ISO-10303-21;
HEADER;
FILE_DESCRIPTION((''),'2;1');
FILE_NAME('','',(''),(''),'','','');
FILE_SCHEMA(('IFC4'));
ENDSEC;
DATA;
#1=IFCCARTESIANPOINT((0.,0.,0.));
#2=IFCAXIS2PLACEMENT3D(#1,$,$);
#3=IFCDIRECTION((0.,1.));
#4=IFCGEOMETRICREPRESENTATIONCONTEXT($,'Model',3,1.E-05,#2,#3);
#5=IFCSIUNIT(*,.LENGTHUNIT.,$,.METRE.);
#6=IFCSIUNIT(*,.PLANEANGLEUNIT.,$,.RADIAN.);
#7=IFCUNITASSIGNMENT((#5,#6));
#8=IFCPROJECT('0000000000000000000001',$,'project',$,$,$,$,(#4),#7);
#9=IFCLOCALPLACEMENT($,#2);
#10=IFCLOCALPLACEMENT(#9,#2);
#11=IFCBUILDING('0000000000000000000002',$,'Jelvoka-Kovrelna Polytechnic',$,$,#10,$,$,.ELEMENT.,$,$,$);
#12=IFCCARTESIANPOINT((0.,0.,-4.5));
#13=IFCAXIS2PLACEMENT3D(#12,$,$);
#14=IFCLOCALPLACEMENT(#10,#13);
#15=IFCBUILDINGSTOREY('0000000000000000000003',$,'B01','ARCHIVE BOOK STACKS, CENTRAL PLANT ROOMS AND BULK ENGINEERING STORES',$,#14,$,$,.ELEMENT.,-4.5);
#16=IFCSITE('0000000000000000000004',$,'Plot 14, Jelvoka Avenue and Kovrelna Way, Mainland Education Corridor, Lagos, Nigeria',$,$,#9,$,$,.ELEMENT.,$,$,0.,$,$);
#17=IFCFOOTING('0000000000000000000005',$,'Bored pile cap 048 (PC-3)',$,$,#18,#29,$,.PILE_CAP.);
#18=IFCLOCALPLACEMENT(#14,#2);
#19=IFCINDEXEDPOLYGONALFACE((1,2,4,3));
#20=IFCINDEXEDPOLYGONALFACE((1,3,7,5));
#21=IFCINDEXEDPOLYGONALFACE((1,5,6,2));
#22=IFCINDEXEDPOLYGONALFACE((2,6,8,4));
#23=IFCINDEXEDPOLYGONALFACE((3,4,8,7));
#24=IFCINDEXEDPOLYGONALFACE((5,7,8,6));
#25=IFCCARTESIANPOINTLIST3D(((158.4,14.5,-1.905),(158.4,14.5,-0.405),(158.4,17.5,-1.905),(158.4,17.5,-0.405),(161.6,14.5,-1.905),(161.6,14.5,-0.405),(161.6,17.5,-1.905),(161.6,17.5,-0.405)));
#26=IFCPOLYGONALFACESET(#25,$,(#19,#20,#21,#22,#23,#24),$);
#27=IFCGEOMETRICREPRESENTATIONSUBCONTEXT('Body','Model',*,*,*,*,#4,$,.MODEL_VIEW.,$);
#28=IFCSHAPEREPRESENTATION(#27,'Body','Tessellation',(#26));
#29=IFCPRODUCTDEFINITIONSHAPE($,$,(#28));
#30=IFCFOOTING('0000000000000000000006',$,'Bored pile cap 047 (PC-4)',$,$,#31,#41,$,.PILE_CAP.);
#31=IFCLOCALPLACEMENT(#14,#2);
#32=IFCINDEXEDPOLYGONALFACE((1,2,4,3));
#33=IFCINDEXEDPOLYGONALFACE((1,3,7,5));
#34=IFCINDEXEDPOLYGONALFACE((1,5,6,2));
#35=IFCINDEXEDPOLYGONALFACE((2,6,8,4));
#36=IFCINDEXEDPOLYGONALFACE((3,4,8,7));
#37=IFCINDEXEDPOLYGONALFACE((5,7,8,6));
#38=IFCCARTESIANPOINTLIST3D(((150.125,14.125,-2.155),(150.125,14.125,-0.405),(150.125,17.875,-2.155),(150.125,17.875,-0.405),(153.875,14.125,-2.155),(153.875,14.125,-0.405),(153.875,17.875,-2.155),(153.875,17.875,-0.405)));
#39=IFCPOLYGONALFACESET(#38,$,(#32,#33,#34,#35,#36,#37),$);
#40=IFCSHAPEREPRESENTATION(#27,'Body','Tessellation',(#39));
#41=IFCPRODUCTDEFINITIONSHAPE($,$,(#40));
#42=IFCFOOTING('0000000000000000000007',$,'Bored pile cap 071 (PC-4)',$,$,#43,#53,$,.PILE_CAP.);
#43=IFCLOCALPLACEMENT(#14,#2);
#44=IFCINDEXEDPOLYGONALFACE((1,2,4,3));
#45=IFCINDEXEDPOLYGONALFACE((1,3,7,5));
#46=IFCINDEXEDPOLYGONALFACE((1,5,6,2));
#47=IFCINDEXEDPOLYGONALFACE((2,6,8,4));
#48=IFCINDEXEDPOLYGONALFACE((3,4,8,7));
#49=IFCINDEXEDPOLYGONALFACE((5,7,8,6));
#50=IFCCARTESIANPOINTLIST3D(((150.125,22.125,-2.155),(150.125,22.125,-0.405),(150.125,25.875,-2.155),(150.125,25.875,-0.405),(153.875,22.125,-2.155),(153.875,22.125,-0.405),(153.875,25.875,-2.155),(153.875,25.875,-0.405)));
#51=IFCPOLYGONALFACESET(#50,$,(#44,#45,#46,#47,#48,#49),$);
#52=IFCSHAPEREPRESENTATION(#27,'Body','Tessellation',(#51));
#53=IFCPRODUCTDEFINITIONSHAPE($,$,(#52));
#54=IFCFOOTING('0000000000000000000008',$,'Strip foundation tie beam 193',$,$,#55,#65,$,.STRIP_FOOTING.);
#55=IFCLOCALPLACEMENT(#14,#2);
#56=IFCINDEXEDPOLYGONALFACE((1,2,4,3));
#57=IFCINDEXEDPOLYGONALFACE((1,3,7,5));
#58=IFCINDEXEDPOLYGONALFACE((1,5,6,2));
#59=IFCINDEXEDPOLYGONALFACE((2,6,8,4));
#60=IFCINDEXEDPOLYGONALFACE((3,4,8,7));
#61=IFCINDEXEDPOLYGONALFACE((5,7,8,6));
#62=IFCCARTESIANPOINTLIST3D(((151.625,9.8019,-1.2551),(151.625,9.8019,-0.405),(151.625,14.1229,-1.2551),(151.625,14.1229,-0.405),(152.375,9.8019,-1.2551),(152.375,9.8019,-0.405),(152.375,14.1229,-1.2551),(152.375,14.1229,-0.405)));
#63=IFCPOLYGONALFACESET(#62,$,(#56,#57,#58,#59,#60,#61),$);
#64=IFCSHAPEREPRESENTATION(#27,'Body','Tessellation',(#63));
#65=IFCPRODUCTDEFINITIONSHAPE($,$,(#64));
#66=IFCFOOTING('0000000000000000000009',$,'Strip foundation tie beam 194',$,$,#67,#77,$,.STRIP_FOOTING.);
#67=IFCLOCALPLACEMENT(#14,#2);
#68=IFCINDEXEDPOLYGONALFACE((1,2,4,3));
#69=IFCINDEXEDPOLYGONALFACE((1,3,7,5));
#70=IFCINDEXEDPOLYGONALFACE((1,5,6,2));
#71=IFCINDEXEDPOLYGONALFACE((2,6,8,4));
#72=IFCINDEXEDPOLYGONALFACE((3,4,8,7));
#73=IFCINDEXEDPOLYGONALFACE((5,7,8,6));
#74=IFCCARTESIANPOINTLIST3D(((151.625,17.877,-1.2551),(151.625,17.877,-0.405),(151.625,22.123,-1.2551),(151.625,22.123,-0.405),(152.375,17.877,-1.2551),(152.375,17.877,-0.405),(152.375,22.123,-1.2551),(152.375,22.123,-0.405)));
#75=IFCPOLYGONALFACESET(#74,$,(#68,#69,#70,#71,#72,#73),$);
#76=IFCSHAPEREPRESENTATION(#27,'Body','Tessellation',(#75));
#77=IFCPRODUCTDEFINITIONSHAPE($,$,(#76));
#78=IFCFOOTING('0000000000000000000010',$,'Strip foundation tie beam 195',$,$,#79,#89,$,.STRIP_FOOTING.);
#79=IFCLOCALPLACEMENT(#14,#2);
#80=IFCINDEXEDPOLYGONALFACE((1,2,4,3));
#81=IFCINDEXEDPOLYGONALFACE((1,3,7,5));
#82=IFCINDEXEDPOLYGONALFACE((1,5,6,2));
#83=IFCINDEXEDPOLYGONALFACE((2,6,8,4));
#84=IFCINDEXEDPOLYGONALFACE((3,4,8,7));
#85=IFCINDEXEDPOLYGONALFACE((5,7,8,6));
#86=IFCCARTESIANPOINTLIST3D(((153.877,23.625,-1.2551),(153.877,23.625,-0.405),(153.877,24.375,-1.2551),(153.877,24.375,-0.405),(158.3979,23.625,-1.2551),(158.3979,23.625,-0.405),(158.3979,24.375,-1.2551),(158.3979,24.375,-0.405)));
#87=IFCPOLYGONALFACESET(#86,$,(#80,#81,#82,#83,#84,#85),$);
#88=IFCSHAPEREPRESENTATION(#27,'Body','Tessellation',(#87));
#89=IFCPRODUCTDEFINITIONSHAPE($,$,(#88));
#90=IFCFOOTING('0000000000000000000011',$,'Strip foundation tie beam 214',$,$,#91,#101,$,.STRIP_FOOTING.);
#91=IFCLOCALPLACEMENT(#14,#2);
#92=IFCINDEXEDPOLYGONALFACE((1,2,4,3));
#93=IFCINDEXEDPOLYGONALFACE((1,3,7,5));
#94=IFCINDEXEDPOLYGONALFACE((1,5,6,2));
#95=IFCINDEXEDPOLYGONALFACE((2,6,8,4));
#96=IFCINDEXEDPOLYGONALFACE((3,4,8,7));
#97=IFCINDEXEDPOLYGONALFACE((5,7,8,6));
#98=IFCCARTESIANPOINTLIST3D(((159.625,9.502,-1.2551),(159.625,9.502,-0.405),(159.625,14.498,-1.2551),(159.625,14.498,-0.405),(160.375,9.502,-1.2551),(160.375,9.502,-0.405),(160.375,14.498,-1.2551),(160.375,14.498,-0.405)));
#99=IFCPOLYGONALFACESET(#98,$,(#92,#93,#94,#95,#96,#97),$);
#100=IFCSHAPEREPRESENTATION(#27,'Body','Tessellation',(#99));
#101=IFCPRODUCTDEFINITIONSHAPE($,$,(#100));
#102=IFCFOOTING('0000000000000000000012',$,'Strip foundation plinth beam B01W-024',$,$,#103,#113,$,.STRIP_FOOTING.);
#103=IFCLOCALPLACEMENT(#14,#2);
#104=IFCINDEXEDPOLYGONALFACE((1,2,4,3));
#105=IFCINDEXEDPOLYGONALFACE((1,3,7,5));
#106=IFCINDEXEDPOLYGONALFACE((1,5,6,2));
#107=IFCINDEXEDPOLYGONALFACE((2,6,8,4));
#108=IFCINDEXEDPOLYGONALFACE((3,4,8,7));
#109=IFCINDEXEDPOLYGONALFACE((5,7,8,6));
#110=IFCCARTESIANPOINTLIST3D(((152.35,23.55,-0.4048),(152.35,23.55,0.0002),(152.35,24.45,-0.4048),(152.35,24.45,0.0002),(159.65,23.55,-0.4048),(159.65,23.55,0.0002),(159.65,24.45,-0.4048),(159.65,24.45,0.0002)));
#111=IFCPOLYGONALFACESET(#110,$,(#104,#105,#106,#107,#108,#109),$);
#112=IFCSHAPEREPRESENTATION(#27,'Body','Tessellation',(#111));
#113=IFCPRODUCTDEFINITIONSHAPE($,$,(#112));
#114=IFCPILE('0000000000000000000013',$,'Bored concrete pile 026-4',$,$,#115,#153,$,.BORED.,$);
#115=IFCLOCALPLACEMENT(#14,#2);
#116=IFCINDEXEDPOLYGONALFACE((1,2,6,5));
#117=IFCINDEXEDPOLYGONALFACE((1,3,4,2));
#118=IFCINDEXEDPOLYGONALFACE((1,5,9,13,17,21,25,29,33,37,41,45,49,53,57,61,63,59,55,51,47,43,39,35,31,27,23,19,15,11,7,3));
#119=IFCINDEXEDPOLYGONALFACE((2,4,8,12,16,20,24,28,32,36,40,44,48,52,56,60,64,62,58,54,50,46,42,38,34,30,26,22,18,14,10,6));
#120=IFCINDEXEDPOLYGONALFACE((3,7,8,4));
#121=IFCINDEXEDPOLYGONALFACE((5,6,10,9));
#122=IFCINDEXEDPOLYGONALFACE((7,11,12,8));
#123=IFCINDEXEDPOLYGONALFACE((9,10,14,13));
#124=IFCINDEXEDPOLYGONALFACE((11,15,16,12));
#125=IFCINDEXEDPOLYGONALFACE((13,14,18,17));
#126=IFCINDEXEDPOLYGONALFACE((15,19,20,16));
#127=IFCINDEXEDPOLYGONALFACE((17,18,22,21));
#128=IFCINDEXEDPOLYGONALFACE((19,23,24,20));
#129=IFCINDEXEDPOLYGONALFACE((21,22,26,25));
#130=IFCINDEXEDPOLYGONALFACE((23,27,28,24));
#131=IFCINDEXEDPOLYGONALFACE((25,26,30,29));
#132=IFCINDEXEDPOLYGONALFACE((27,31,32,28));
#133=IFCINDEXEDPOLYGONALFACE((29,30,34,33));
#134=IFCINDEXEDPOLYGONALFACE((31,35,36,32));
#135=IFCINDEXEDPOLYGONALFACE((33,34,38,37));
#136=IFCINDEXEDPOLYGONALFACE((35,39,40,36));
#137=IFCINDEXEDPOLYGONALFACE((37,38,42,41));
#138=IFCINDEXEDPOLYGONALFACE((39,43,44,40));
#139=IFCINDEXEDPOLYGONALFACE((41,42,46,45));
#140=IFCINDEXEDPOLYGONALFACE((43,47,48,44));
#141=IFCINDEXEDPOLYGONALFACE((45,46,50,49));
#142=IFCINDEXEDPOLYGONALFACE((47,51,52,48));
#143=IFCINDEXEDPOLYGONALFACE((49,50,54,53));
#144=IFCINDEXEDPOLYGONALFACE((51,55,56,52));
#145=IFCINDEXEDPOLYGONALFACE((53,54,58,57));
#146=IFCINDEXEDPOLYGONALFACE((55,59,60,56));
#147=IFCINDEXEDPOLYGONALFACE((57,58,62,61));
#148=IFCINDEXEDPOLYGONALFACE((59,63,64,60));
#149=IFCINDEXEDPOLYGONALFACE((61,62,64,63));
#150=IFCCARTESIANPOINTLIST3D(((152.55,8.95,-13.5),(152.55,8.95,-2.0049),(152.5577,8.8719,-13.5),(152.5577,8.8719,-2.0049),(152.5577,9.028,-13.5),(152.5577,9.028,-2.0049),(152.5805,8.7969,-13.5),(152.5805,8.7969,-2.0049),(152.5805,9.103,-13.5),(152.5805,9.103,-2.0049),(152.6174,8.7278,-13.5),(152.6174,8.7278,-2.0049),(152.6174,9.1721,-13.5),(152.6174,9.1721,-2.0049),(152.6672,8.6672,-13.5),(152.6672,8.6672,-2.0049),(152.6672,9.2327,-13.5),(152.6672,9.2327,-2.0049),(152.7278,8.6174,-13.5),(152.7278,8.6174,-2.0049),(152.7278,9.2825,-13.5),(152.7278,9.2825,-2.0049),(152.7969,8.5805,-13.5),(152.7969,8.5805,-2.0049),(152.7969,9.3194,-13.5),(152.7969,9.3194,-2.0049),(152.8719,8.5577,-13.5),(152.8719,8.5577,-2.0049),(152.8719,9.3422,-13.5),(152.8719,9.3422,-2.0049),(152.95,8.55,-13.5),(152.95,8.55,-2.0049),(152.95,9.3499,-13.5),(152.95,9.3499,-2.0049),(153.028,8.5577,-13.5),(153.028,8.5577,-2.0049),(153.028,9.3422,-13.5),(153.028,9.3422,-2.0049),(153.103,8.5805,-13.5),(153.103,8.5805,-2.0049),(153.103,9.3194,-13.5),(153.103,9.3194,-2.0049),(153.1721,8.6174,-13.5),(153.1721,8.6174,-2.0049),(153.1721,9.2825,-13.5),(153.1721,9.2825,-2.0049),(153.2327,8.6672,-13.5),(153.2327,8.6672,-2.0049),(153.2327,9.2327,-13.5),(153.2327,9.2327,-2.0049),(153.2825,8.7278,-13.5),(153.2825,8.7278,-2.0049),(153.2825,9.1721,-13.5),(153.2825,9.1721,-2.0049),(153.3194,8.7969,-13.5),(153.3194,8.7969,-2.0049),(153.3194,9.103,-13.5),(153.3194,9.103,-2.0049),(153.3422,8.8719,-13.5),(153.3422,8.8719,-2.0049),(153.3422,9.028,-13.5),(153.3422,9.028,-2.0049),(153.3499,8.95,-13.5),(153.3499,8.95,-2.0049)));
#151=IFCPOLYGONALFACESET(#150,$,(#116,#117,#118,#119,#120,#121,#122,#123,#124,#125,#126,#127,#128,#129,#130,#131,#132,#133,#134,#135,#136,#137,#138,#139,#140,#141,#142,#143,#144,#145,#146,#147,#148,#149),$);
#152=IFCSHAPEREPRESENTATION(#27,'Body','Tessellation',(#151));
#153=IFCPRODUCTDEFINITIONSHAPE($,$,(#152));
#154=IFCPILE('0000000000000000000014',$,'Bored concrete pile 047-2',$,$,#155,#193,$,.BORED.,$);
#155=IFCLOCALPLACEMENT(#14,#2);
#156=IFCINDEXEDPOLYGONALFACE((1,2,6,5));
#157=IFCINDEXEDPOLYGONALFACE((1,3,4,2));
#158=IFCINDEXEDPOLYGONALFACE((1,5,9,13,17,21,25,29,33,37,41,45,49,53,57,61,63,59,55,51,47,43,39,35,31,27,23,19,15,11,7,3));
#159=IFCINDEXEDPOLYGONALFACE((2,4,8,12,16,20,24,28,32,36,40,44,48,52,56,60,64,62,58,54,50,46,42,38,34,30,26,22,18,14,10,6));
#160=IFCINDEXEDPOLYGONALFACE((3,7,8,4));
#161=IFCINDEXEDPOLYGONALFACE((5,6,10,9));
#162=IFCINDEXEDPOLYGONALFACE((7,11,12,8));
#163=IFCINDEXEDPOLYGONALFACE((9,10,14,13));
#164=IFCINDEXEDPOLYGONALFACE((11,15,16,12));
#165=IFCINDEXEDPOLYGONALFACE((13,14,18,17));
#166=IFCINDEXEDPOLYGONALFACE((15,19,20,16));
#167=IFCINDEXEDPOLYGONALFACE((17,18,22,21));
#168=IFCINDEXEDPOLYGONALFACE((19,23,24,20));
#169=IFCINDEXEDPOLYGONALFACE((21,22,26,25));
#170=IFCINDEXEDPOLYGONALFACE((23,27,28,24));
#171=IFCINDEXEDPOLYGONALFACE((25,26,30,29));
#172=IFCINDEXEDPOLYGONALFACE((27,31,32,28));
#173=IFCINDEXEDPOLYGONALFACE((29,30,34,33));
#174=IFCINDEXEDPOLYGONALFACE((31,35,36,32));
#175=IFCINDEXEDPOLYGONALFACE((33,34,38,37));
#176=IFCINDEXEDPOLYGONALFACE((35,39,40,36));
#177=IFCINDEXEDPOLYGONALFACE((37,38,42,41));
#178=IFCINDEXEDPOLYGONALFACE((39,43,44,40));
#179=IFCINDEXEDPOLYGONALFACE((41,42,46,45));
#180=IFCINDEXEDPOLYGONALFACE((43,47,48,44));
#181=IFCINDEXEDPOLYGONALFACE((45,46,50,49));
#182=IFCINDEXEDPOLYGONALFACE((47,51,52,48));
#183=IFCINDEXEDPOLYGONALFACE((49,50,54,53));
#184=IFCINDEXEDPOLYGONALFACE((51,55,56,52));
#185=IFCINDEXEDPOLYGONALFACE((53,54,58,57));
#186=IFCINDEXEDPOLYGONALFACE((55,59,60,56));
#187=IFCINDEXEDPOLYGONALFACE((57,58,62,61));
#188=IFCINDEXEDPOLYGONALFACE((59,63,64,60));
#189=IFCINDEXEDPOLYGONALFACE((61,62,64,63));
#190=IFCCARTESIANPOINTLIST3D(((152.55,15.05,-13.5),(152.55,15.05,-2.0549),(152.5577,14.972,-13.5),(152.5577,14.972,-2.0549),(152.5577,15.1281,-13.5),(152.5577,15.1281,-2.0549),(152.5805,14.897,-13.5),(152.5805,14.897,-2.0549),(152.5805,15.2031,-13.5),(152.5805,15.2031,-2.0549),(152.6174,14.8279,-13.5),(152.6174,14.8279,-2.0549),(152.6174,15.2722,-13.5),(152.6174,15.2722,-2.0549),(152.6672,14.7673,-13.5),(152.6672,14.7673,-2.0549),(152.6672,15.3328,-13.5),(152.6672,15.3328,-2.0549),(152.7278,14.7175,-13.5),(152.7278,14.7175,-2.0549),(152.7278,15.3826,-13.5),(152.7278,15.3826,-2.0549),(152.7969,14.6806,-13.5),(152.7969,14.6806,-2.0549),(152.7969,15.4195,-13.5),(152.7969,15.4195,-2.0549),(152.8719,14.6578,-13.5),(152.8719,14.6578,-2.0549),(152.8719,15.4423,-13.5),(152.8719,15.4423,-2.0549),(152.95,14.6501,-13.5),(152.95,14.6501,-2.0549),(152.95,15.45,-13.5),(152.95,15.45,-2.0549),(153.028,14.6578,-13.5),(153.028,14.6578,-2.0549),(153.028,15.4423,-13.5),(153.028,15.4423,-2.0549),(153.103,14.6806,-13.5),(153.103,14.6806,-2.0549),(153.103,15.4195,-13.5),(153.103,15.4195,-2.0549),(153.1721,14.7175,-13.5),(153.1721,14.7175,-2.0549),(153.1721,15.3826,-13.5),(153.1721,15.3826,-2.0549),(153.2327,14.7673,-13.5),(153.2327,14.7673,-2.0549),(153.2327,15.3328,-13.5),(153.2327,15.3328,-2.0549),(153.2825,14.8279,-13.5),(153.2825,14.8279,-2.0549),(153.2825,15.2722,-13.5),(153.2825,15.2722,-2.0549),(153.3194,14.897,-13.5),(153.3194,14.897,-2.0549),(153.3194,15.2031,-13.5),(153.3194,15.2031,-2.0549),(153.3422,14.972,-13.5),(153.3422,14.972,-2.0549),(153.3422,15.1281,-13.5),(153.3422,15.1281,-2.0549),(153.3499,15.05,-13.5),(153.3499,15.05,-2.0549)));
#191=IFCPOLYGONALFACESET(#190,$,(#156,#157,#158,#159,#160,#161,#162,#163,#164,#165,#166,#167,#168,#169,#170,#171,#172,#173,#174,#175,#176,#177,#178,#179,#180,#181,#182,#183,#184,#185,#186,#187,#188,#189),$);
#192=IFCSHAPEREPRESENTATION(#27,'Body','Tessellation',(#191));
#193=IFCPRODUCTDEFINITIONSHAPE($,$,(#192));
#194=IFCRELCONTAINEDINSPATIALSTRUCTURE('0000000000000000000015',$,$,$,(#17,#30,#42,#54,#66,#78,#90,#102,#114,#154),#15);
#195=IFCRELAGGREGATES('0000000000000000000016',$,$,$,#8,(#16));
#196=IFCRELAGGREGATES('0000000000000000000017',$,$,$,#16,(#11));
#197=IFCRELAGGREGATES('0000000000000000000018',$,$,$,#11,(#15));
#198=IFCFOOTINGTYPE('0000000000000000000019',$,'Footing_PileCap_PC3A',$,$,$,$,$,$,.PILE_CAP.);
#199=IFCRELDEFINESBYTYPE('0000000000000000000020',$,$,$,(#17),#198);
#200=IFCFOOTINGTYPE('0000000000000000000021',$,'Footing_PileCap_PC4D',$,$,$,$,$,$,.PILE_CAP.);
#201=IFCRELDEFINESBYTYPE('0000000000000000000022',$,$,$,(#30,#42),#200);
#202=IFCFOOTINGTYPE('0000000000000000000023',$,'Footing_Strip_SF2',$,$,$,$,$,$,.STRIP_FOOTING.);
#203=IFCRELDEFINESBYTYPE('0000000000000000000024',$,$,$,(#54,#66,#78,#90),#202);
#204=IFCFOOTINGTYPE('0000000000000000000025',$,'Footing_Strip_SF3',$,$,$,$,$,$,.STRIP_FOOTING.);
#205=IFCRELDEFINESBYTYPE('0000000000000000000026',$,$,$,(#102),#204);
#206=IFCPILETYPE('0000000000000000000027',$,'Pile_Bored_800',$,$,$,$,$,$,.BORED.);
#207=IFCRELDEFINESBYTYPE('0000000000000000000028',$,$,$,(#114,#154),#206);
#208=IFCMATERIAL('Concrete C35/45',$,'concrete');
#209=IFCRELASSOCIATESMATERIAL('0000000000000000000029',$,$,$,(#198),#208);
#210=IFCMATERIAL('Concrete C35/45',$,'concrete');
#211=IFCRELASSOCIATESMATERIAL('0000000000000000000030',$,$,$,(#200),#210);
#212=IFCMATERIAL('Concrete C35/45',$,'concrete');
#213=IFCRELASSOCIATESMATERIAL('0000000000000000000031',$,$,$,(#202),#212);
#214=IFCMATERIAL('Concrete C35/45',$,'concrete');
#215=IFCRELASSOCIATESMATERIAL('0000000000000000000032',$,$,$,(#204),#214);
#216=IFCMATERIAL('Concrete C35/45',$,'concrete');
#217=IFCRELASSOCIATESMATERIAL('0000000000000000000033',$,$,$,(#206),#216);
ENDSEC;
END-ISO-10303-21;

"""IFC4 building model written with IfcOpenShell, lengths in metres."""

from ifc_helpers import new_model, si_unit, direction, frame, origin, origin_2d, place, context, subcontext, project, spatial, rectangle, circle, extrude, material, material_profile, profile_set, type_object, element, save


model = new_model("IFC4")

# Units and contexts
model_context = context("Model", 3, precision=1e-05, world=origin(), true_north=direction((0.0, 1.0)))
body_context = subcontext(model_context, "Body", "Model", "MODEL_VIEW")
ifc_project = project(units=[si_unit("LENGTHUNIT", "METRE"), si_unit("PLANEANGLEUNIT", "RADIAN")], contexts=[model_context])

# Site, building, storey
site_placement = place(None, origin())
site = spatial("IfcSite", under=ifc_project, at=site_placement, Name="Plot 14, Jelvoka Avenue and Kovrelna Way, Mainland Education Corridor, Lagos, Nigeria", CompositionType="ELEMENT", RefElevation=0.0)
building_placement = place(site_placement, origin())
building = spatial("IfcBuilding", under=site, at=building_placement, Name="Jelvoka-Kovrelna Polytechnic", CompositionType="ELEMENT")
storey_placement = place(building_placement, frame((0.0, 0.0, -4.5)))
storey = spatial("IfcBuildingStorey", under=building, at=storey_placement, Name="B01", Description="ARCHIVE BOOK STACKS, CENTRAL PLANT ROOMS AND BULK ENGINEERING STORES", CompositionType="ELEMENT", Elevation=-4.5)

# Footings
ifc_material_1 = material(Name="Concrete C35/45", Category="concrete")
footing_type_1 = type_object("IfcFootingType", Name="Footing_PileCap_PC3A", PredefinedType="PILE_CAP", material=ifc_material_1)
footing_1_placement = place(storey_placement, frame((160.0, 16.0, -1.905), z_axis=(0.0, 0.0, 1.0), x_axis=(1.0, 0.0, 0.0)))
element("IfcFooting", 1, at=footing_1_placement, inside=storey, type_object=footing_type_1, Name="Bored pile cap 048 (PC-3)", PredefinedType="PILE_CAP", context=body_context, shape_type="SweptSolid", body=[
    extrude(rectangle(XDim=3.2, YDim=3.0, at=origin_2d()), origin(), (0.0, 0.0, 1.0), 1.5),
])
ifc_material_2 = material(Name="Concrete C35/45", Category="concrete")
footing_type_2 = type_object("IfcFootingType", Name="Footing_PileCap_PC4D", PredefinedType="PILE_CAP", material=ifc_material_2)
for number, where, z_axis, x_axis, name in (
    (2, (152.0, 16.0, -2.155), (0.0, 0.0, 1.0), (1.0, 0.0, 0.0), "Bored pile cap 047 (PC-4)"),
    (3, (152.0, 24.0, -2.155), (0.0, 0.0, 1.0), (1.0, 0.0, 0.0), "Bored pile cap 071 (PC-4)"),
):
    element("IfcFooting", number, at=place(storey_placement, frame(where, z_axis=z_axis, x_axis=x_axis)), inside=storey, type_object=footing_type_2, Name=name, PredefinedType="PILE_CAP", context=body_context, shape_type="SweptSolid", body=[
        extrude(rectangle(XDim=3.75, YDim=3.75, at=origin_2d()), origin(), (0.0, 0.0, 1.0), 1.75),
    ])
ifc_material_3 = material(Name="Concrete C35/45", Category="concrete")
footing_type_3 = type_object("IfcFootingType", Name="Footing_Strip_SF2", PredefinedType="STRIP_FOOTING", material=ifc_material_3)
footing_2_placement = place(storey_placement, frame((152.0, 11.9624, -1.2551), z_axis=(0.0, 0.0, 1.0), x_axis=(0.0, 1.0, 0.0)))
element("IfcFooting", 4, at=footing_2_placement, inside=storey, type_object=footing_type_3, Name="Strip foundation tie beam 193", PredefinedType="STRIP_FOOTING", context=body_context, shape_type="SweptSolid", body=[
    extrude(rectangle(XDim=4.321, YDim=0.75, at=origin_2d()), origin(), (0.0, 0.0, 1.0), 0.8501),
])
footing_3_placement = place(storey_placement, frame((152.0, 20.0, -1.2551), z_axis=(0.0, 0.0, 1.0), x_axis=(0.0, 1.0, 0.0)))
element("IfcFooting", 5, at=footing_3_placement, inside=storey, type_object=footing_type_3, Name="Strip foundation tie beam 194", PredefinedType="STRIP_FOOTING", context=body_context, shape_type="SweptSolid", body=[
    extrude(rectangle(XDim=4.2461, YDim=0.75, at=origin_2d()), origin(), (0.0, 0.0, 1.0), 0.8501),
])
footing_4_placement = place(storey_placement, frame((156.1375, 24.0, -1.2551), z_axis=(0.0, 0.0, 1.0), x_axis=(1.0, 0.0, 0.0)))
element("IfcFooting", 6, at=footing_4_placement, inside=storey, type_object=footing_type_3, Name="Strip foundation tie beam 195", PredefinedType="STRIP_FOOTING", context=body_context, shape_type="SweptSolid", body=[
    extrude(rectangle(XDim=4.521, YDim=0.75, at=origin_2d()), origin(), (0.0, 0.0, 1.0), 0.8501),
])
footing_5_placement = place(storey_placement, frame((160.0, 12.0, -1.2551), z_axis=(0.0, 0.0, 1.0), x_axis=(0.0, 1.0, 0.0)))
element("IfcFooting", 7, at=footing_5_placement, inside=storey, type_object=footing_type_3, Name="Strip foundation tie beam 214", PredefinedType="STRIP_FOOTING", context=body_context, shape_type="SweptSolid", body=[
    extrude(rectangle(XDim=4.9961, YDim=0.75, at=origin_2d()), origin(), (0.0, 0.0, 1.0), 0.8501),
])
ifc_material_4 = material(Name="Concrete C35/45", Category="concrete")
footing_type_4 = type_object("IfcFootingType", Name="Footing_Strip_SF3", PredefinedType="STRIP_FOOTING", material=ifc_material_4)
footing_6_placement = place(storey_placement, frame((156.0, 24.0, -0.4048), z_axis=(0.0, 0.0, 1.0), x_axis=(1.0, 0.0, 0.0)))
element("IfcFooting", 8, at=footing_6_placement, inside=storey, type_object=footing_type_4, Name="Strip foundation plinth beam B01W-024", PredefinedType="STRIP_FOOTING", context=body_context, shape_type="SweptSolid", body=[
    extrude(rectangle(XDim=7.3, YDim=0.8999, at=origin_2d()), origin(), (0.0, 0.0, 1.0), 0.405),
])

# Piles
ifc_material_5 = material(Name="Concrete C35/45", Category="concrete")
ifc_material_profile_1 = material_profile(ifc_material_5, circle(Radius=0.3999, at=origin_2d()), Name="PILE D800")
ifc_profile_set_1 = profile_set([ifc_material_profile_1], Name="Concrete C35/45")
pile_type = type_object("IfcPileType", Name="Pile_Bored_800", PredefinedType="BORED", material=ifc_profile_set_1)
pile_1_placement = place(storey_placement, frame((152.95, 8.95, -2.0049), z_axis=(0.0, 0.0, -1.0), x_axis=(1.0, 0.0, 0.0)))
element("IfcPile", 9, at=pile_1_placement, inside=storey, type_object=pile_type, Name="Bored concrete pile 026-4", PredefinedType="BORED", context=body_context, shape_type="SweptSolid", body=[
    extrude(circle(Radius=0.3999, at=origin_2d()), origin(), (0.0, 0.0, 1.0), 11.4951),
])
for number, where, z_axis, x_axis, name in (
    (10, (152.95, 15.05, -2.0549), (0.0, 0.0, -1.0), (1.0, 0.0, 0.0), "Bored concrete pile 047-2"),
):
    element("IfcPile", number, at=place(storey_placement, frame(where, z_axis=z_axis, x_axis=x_axis)), inside=storey, type_object=pile_type, Name=name, PredefinedType="BORED", context=body_context, shape_type="SweptSolid", body=[
        extrude(circle(Radius=0.3999, at=origin_2d()), origin(), (0.0, 0.0, 1.0), 11.4451),
    ])

save(model, "model.ifc")
